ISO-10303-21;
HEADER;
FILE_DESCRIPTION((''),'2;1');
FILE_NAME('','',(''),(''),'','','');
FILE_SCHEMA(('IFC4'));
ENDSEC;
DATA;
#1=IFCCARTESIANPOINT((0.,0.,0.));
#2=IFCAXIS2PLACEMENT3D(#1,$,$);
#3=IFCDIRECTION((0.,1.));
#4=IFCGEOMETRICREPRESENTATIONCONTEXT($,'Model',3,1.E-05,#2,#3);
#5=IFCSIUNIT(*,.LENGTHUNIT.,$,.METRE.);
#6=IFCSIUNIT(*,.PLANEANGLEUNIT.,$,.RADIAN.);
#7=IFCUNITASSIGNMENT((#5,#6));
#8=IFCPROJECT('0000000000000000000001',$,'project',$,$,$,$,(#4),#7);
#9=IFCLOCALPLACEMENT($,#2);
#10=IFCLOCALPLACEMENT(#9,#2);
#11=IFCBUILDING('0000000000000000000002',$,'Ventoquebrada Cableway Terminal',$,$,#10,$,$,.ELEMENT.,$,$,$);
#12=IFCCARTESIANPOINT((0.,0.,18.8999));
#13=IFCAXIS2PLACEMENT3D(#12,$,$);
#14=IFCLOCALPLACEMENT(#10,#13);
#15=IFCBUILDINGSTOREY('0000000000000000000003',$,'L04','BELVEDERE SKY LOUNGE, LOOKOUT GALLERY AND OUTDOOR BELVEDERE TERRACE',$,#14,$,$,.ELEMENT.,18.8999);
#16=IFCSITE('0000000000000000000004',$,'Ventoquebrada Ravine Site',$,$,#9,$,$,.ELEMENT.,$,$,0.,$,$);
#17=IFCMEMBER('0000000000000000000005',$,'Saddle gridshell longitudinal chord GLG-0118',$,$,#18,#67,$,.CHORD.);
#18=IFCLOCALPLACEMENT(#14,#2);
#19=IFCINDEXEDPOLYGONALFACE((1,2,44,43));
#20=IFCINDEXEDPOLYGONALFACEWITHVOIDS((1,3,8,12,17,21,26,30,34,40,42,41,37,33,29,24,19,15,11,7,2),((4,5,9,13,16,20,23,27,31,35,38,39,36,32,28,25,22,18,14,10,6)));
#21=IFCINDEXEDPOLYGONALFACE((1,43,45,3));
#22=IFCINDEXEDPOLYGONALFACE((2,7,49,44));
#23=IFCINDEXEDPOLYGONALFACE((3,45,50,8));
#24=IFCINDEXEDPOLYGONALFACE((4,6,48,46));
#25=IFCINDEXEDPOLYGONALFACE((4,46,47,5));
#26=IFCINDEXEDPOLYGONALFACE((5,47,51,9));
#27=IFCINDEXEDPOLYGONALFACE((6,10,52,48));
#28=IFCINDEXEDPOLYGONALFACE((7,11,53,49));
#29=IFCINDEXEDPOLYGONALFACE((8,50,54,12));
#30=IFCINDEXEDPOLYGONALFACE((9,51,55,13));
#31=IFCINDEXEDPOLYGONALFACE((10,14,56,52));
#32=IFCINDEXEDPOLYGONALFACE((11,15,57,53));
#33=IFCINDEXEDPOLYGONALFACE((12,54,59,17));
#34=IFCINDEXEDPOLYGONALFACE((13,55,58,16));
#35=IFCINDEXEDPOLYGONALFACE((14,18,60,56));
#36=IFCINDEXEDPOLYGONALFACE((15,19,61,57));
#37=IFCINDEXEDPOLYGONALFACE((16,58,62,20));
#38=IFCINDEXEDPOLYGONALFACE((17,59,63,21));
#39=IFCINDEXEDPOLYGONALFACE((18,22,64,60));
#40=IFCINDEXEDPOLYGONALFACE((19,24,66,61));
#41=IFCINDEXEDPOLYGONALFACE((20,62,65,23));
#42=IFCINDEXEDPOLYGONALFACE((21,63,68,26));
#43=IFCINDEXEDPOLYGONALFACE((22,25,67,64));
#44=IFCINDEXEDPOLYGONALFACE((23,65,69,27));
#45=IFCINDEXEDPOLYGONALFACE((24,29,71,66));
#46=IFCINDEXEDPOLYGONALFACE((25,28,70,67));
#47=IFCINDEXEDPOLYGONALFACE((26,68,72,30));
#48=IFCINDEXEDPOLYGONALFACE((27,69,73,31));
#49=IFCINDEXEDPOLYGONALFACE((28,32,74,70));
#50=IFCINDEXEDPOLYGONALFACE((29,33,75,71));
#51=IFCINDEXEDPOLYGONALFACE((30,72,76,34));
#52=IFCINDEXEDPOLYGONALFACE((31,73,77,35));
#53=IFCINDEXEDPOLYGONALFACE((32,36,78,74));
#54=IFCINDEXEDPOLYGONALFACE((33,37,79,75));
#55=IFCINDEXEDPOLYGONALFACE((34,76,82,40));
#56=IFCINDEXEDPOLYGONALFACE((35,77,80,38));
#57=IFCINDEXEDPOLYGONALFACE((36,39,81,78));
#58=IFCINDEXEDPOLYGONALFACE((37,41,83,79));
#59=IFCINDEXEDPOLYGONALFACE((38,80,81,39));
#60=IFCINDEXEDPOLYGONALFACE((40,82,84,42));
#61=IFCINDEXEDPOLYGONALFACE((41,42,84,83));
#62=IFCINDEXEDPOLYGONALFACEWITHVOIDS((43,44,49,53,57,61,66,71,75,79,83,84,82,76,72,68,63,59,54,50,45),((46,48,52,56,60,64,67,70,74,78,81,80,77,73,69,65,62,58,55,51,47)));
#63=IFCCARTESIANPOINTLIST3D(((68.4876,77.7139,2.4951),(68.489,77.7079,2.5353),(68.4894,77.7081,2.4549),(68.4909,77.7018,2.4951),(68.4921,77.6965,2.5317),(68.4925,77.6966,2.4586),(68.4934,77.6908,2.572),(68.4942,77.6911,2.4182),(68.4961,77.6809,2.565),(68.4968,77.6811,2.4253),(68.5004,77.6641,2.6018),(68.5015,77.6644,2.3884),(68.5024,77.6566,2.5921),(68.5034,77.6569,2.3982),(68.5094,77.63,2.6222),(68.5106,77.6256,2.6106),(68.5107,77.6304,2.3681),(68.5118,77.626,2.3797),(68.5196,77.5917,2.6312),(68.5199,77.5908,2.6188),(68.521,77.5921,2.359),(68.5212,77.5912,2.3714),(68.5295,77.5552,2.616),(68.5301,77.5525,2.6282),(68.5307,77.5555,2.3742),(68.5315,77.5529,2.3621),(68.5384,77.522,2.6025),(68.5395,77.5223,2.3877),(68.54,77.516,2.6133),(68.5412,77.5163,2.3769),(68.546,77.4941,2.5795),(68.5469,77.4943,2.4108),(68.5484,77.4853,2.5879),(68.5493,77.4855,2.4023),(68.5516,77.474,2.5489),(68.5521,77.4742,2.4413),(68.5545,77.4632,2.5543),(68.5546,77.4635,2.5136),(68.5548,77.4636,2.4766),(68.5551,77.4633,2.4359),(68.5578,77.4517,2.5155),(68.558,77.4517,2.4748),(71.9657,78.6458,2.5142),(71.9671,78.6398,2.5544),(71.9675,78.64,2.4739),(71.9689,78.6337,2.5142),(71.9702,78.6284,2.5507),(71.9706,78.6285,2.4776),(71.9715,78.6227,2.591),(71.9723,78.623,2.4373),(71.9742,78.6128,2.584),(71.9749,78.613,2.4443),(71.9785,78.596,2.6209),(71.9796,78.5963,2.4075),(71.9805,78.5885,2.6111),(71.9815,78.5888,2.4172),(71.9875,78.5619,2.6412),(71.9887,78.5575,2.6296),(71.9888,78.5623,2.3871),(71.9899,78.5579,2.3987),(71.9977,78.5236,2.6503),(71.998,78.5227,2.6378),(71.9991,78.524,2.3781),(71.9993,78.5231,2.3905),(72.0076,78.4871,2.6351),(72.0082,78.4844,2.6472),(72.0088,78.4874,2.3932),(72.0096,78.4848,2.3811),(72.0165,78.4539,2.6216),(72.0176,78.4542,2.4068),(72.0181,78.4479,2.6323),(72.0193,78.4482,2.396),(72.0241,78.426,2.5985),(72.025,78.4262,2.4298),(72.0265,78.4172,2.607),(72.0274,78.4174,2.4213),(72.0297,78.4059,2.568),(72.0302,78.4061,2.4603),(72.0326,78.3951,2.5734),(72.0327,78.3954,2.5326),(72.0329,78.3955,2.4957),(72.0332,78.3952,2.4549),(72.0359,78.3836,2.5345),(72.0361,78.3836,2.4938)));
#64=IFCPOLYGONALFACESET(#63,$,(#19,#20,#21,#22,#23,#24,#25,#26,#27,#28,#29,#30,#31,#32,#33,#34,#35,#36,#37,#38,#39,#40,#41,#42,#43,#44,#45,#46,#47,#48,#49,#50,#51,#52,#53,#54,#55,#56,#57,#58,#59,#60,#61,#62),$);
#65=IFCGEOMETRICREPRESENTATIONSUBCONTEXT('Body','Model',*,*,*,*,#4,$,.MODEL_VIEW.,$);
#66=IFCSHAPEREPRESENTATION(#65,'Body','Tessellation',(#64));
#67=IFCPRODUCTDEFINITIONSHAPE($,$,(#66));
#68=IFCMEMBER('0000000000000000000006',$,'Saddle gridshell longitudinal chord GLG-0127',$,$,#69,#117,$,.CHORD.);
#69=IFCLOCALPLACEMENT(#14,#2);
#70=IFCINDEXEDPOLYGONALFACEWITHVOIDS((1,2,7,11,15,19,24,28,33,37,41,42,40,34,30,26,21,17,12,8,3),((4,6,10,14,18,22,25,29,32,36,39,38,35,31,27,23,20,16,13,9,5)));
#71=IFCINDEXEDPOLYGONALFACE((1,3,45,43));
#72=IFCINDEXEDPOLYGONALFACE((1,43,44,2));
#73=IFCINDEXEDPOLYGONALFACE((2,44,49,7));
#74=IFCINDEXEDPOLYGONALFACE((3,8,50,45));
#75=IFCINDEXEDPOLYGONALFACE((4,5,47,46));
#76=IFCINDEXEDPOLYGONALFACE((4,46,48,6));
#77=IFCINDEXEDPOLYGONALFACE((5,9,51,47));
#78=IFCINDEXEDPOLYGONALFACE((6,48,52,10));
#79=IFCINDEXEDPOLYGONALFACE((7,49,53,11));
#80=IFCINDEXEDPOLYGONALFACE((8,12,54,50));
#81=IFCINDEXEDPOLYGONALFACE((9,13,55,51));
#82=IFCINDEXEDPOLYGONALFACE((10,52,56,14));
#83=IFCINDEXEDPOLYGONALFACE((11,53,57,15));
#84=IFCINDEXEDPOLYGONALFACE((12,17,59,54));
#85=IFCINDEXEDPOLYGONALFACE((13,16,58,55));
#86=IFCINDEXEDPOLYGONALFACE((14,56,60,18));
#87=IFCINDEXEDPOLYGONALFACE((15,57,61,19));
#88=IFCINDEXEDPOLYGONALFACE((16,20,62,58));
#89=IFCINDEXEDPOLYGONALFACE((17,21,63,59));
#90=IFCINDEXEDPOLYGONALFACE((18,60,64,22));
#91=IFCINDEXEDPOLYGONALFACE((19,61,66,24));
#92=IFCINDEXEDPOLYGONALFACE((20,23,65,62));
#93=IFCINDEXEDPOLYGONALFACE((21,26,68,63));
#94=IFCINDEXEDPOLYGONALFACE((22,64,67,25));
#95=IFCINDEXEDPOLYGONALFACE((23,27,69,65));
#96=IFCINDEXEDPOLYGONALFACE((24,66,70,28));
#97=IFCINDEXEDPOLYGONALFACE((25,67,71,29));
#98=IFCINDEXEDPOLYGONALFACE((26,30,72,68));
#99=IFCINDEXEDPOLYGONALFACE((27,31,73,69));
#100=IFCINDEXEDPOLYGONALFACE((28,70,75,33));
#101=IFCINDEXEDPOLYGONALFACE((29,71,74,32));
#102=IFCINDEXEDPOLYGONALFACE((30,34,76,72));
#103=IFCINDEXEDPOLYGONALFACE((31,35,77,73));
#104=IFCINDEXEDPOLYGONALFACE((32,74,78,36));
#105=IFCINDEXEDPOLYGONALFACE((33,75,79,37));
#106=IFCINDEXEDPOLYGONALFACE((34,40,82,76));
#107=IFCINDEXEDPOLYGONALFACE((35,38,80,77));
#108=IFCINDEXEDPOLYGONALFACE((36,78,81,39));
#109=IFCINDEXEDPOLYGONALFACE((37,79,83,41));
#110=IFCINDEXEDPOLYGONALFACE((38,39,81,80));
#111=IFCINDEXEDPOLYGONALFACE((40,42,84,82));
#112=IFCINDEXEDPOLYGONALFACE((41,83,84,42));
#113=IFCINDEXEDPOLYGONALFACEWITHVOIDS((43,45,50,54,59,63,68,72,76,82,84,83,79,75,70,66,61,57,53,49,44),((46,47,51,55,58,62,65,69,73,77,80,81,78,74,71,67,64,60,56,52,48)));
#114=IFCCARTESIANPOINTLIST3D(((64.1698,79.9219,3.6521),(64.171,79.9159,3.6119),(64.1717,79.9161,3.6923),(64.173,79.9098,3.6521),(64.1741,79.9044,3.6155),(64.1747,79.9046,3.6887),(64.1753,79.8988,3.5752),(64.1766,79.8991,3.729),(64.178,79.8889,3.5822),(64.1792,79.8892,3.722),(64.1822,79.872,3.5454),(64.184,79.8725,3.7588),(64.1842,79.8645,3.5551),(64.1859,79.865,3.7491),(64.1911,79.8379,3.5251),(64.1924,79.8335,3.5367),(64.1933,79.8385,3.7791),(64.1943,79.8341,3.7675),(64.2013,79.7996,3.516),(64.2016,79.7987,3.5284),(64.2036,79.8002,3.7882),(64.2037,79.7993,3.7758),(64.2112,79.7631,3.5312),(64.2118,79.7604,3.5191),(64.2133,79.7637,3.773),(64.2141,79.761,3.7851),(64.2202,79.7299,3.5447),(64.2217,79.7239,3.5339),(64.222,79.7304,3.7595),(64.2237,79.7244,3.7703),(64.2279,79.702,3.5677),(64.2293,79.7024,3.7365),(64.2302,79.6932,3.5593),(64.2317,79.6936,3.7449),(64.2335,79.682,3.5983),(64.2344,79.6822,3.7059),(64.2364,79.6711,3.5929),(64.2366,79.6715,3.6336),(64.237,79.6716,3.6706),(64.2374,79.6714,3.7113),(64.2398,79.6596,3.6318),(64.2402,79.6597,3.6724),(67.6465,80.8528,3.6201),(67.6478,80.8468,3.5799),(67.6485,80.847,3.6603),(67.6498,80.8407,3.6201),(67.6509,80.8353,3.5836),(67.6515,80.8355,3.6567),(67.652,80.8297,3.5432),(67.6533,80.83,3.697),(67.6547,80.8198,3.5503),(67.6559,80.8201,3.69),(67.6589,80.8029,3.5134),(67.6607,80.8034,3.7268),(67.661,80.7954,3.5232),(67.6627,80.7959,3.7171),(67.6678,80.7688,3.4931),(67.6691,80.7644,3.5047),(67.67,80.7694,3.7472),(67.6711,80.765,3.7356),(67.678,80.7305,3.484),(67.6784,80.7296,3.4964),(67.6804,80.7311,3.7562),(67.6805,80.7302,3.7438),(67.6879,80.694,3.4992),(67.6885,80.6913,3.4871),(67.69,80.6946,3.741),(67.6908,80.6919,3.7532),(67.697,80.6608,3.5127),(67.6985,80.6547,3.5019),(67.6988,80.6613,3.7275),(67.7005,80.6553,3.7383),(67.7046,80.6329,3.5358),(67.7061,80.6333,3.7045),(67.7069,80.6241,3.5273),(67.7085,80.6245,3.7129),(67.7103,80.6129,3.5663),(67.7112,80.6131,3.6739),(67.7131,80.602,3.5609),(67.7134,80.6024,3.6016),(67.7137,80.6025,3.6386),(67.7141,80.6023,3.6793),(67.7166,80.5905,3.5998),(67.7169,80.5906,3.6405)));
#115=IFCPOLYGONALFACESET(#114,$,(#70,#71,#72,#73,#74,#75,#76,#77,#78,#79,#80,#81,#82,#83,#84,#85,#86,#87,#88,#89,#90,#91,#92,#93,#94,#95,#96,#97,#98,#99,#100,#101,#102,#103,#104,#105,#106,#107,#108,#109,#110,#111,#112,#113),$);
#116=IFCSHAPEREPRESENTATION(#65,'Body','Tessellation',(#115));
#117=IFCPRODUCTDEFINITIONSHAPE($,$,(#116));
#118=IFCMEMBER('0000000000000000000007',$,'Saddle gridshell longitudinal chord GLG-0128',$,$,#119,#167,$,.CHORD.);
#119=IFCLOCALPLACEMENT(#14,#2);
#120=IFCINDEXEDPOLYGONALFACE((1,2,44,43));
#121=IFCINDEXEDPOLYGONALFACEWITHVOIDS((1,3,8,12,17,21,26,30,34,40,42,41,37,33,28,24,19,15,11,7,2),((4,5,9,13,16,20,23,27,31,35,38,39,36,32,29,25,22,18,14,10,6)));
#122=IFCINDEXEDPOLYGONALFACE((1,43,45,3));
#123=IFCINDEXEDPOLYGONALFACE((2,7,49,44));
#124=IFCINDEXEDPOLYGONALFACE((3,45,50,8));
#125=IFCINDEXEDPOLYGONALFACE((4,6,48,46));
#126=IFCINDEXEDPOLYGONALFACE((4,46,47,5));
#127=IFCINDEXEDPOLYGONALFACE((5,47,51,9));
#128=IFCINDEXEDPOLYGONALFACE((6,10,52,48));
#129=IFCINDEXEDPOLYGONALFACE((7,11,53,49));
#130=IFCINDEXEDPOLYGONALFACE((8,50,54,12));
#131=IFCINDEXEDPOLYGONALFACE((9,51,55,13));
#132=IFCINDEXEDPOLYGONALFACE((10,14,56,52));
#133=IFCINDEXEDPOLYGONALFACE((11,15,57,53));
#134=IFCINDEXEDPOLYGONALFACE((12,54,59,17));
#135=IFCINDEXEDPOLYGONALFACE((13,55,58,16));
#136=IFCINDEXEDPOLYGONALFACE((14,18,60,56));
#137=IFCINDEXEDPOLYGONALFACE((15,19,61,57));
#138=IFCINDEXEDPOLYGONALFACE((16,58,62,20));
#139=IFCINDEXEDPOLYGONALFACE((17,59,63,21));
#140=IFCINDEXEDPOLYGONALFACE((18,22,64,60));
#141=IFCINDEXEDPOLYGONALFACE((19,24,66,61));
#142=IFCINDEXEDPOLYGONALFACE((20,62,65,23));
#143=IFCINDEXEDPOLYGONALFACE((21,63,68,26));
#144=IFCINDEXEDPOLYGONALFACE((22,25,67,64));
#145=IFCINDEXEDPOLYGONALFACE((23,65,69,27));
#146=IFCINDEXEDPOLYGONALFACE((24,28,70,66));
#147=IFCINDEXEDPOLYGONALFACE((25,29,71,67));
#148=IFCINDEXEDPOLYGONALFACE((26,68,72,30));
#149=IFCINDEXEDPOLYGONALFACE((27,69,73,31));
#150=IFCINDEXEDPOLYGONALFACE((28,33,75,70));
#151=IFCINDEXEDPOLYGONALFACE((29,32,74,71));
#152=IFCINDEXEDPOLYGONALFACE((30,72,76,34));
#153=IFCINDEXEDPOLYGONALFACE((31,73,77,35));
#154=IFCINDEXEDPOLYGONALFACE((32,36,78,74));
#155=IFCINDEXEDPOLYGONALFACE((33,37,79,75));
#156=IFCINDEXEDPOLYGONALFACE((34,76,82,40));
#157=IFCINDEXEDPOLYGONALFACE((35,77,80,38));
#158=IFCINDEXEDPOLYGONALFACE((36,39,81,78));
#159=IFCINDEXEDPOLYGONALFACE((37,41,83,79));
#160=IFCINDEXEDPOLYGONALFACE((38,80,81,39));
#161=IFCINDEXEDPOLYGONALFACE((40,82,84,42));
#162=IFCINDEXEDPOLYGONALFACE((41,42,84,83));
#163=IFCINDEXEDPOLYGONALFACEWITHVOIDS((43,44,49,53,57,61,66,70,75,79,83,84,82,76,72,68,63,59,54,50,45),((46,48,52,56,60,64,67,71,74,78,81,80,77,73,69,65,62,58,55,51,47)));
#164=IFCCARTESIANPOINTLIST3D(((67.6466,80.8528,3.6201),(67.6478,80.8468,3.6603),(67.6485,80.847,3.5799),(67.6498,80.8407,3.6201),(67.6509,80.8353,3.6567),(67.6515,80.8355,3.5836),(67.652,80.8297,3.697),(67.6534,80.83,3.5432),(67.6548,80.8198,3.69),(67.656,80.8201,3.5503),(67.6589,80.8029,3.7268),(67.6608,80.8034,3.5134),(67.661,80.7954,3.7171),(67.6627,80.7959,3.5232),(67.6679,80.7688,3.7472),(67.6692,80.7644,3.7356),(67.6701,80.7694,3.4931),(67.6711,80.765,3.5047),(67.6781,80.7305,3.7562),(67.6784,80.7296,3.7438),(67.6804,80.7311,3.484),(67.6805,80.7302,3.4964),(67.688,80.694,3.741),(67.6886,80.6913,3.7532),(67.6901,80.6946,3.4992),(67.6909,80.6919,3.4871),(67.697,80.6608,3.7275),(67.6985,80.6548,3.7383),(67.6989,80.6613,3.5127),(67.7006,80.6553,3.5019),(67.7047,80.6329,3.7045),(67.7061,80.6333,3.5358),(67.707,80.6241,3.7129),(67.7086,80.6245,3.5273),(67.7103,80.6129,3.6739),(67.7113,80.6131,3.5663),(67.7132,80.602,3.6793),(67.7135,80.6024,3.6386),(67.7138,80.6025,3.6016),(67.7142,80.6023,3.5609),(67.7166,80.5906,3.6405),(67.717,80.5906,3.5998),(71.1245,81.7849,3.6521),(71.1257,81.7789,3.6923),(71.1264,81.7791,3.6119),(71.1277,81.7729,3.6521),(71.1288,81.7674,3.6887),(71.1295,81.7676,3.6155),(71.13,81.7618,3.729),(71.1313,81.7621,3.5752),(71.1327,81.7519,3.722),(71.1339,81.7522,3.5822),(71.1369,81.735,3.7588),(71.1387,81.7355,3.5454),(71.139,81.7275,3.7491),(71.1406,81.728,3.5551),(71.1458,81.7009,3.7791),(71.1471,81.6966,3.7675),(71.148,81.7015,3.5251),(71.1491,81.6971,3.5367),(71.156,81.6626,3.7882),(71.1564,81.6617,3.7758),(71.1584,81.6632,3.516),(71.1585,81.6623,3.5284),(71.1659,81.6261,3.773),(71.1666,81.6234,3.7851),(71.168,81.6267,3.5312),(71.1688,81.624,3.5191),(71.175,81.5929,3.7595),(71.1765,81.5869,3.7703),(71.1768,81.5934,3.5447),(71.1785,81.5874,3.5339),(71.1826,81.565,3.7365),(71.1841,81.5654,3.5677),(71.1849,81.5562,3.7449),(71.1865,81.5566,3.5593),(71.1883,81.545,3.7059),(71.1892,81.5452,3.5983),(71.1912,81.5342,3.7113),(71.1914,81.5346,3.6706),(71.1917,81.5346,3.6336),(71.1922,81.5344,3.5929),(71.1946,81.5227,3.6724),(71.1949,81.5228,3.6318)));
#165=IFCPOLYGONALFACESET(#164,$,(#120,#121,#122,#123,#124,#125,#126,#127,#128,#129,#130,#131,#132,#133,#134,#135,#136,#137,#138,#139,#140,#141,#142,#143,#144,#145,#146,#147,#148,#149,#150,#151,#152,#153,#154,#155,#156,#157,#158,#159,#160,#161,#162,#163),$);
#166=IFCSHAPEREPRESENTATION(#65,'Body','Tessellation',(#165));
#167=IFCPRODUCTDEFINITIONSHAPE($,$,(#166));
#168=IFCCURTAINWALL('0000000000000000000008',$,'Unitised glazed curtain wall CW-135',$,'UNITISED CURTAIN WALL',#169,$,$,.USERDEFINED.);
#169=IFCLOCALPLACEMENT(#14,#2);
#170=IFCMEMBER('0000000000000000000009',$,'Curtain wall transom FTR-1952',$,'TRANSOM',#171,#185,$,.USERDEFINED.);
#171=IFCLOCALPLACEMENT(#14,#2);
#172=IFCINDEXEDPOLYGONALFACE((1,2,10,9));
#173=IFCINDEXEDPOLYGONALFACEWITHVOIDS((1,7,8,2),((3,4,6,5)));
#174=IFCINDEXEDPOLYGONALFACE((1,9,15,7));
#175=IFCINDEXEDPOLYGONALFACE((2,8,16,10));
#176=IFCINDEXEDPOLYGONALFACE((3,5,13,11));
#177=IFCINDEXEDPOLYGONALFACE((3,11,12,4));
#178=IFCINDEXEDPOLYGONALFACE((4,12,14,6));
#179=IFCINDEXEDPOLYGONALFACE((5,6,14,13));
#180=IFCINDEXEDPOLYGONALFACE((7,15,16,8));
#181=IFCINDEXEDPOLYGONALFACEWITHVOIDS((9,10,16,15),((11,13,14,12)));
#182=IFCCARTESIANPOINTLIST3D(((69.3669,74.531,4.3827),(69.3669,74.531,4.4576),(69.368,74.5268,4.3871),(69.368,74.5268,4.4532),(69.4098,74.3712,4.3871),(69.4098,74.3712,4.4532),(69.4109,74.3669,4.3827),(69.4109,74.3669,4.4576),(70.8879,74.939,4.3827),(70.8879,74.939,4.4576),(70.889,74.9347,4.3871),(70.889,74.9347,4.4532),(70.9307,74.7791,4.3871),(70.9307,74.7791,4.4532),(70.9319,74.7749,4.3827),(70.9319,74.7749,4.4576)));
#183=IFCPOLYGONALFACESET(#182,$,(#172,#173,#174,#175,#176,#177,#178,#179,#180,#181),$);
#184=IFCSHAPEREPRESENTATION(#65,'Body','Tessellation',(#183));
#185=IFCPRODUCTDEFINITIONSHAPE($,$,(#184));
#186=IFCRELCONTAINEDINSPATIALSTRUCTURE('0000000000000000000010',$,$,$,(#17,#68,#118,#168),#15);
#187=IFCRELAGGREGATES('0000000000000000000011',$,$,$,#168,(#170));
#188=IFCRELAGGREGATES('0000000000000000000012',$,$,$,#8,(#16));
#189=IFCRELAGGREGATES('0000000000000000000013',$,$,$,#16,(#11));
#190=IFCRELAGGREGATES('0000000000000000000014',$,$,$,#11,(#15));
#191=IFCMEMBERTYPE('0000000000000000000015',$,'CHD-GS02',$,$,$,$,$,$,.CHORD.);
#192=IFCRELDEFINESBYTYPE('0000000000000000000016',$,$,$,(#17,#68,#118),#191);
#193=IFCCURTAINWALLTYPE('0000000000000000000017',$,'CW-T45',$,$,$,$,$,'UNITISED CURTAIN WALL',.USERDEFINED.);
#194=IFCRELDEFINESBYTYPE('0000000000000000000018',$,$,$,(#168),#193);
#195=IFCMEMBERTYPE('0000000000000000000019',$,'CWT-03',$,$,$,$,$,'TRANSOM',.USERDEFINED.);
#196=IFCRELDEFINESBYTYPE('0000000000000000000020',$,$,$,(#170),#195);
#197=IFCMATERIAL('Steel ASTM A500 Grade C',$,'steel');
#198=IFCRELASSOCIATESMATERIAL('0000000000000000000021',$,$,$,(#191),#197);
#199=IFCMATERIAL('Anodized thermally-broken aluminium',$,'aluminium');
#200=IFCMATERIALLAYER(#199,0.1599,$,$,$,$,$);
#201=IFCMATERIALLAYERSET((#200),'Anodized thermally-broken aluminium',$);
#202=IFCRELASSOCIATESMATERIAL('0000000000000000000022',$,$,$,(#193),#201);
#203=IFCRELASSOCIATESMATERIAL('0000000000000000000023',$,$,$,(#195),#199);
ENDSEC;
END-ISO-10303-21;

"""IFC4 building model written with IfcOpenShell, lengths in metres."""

from ifc_helpers import new_model, si_unit, direction, frame, origin, origin_2d, place, context, subcontext, project, spatial, hollow_rectangle, hollow_circle, extrude, material, layer, layer_set, material_profile, profile_set, type_object, element, aggregate, save


model = new_model("IFC4")

# Units and contexts
model_context = context("Model", 3, precision=1e-05, world=origin(), true_north=direction((0.0, 1.0)))
body_context = subcontext(model_context, "Body", "Model", "MODEL_VIEW")
ifc_project = project(units=[si_unit("LENGTHUNIT", "METRE"), si_unit("PLANEANGLEUNIT", "RADIAN")], contexts=[model_context])

# Site, building, storey
site_placement = place(None, origin())
site = spatial("IfcSite", under=ifc_project, at=site_placement, Name="Ventoquebrada Ravine Site", CompositionType="ELEMENT", RefElevation=0.0)
building_placement = place(site_placement, origin())
building = spatial("IfcBuilding", under=site, at=building_placement, Name="Ventoquebrada Cableway Terminal", CompositionType="ELEMENT")
storey_placement = place(building_placement, frame((0.0, 0.0, 18.8999)))
storey = spatial("IfcBuildingStorey", under=building, at=storey_placement, Name="L04", Description="BELVEDERE SKY LOUNGE, LOOKOUT GALLERY AND OUTDOOR BELVEDERE TERRACE", CompositionType="ELEMENT", Elevation=18.8999)

# Members
ifc_material_1 = material(Name="Steel ASTM A500 Grade C", Category="steel")
ifc_material_profile_1 = material_profile(ifc_material_1, hollow_circle(Radius=0.1365, WallThickness=0.0125, at=origin_2d()), Name="CHS273.0X12.5")
ifc_profile_set_1 = profile_set([ifc_material_profile_1], Name="Steel ASTM A500 Grade C")
member_type_1 = type_object("IfcMemberType", Name="CHD-GS02", PredefinedType="CHORD", material=ifc_profile_set_1)
member_1_placement = place(storey_placement, frame((68.5229, 77.582, 2.4951), z_axis=(0.965916, 0.258803, 0.005289), x_axis=(-0.258806, 0.965929, 0.0)))
element("IfcMember", 1, at=member_1_placement, inside=storey, type_object=member_type_1, Name="Saddle gridshell longitudinal chord GLG-0118", PredefinedType="CHORD", context=body_context, shape_type="SweptSolid", body=[
    extrude(hollow_circle(Radius=0.1365, WallThickness=0.0125, at=origin_2d()), origin(), (0.0, 0.0, 1.0), 3.6008),
])
member_2_placement = place(storey_placement, frame((64.2051, 79.79, 3.6521), z_axis=(0.965936, 0.258628, -0.008885), x_axis=(-0.258638, 0.965974, 0.0)))
element("IfcMember", 2, at=member_2_placement, inside=storey, type_object=member_type_1, Name="Saddle gridshell longitudinal chord GLG-0127", PredefinedType="CHORD", context=body_context, shape_type="SweptSolid", body=[
    extrude(hollow_circle(Radius=0.1365, WallThickness=0.0125, at=origin_2d()), origin(), (0.0, 0.0, 1.0), 3.5994),
])
member_3_placement = place(storey_placement, frame((67.6819, 80.7209, 3.6201), z_axis=(0.965874, 0.258859, 0.008882), x_axis=(-0.258869, 0.965912, 0.0)))
element("IfcMember", 3, at=member_3_placement, inside=storey, type_object=member_type_1, Name="Saddle gridshell longitudinal chord GLG-0128", PredefinedType="CHORD", context=body_context, shape_type="SweptSolid", body=[
    extrude(hollow_circle(Radius=0.1365, WallThickness=0.0125, at=origin_2d()), origin(), (0.0, 0.0, 1.0), 3.6008),
])

# Curtain wall, member
ifc_material_2 = material(Name="Anodized thermally-broken aluminium", Category="aluminium")
ifc_layer_1 = layer(ifc_material_2, 0.1599)
ifc_layer_set_1 = layer_set([ifc_layer_1], Name="Anodized thermally-broken aluminium")
curtain_wall_type = type_object("IfcCurtainWallType", Name="CW-T45", ElementType="UNITISED CURTAIN WALL", PredefinedType="USERDEFINED", material=ifc_layer_set_1)
curtain_wall_placement = place(storey_placement, origin())
curtain_wall = element("IfcCurtainWall", 4, at=curtain_wall_placement, inside=storey, type_object=curtain_wall_type, Name="Unitised glazed curtain wall CW-135", ObjectType="UNITISED CURTAIN WALL", PredefinedType="USERDEFINED")
ifc_material_profile_2 = material_profile(ifc_material_2, hollow_rectangle(XDim=0.075, YDim=0.1699, WallThickness=0.0044, at=origin_2d()), Name="CW-TRN-75X170")
ifc_profile_set_2 = profile_set([ifc_material_profile_2], Name="Anodized thermally-broken aluminium")
member_type_2 = type_object("IfcMemberType", Name="CWT-03", ElementType="TRANSOM", PredefinedType="USERDEFINED", material=ifc_profile_set_2)
member_4_placement = place(storey_placement, frame((69.3889, 74.449, 4.4202), z_axis=(0.965861, 0.259062, 0.0), x_axis=(0.0, 0.0, 1.0)))
member_4 = element("IfcMember", 5, at=member_4_placement, type_object=member_type_2, Name="Curtain wall transom FTR-1952", ObjectType="TRANSOM", PredefinedType="USERDEFINED", context=body_context, shape_type="SweptSolid", body=[
    extrude(hollow_rectangle(XDim=0.075, YDim=0.1699, WallThickness=0.0044, at=origin_2d()), origin(), (0.0, 0.0, 1.0), 1.5747),
])

aggregate(curtain_wall, [member_4])

save(model, "model.ifc")
